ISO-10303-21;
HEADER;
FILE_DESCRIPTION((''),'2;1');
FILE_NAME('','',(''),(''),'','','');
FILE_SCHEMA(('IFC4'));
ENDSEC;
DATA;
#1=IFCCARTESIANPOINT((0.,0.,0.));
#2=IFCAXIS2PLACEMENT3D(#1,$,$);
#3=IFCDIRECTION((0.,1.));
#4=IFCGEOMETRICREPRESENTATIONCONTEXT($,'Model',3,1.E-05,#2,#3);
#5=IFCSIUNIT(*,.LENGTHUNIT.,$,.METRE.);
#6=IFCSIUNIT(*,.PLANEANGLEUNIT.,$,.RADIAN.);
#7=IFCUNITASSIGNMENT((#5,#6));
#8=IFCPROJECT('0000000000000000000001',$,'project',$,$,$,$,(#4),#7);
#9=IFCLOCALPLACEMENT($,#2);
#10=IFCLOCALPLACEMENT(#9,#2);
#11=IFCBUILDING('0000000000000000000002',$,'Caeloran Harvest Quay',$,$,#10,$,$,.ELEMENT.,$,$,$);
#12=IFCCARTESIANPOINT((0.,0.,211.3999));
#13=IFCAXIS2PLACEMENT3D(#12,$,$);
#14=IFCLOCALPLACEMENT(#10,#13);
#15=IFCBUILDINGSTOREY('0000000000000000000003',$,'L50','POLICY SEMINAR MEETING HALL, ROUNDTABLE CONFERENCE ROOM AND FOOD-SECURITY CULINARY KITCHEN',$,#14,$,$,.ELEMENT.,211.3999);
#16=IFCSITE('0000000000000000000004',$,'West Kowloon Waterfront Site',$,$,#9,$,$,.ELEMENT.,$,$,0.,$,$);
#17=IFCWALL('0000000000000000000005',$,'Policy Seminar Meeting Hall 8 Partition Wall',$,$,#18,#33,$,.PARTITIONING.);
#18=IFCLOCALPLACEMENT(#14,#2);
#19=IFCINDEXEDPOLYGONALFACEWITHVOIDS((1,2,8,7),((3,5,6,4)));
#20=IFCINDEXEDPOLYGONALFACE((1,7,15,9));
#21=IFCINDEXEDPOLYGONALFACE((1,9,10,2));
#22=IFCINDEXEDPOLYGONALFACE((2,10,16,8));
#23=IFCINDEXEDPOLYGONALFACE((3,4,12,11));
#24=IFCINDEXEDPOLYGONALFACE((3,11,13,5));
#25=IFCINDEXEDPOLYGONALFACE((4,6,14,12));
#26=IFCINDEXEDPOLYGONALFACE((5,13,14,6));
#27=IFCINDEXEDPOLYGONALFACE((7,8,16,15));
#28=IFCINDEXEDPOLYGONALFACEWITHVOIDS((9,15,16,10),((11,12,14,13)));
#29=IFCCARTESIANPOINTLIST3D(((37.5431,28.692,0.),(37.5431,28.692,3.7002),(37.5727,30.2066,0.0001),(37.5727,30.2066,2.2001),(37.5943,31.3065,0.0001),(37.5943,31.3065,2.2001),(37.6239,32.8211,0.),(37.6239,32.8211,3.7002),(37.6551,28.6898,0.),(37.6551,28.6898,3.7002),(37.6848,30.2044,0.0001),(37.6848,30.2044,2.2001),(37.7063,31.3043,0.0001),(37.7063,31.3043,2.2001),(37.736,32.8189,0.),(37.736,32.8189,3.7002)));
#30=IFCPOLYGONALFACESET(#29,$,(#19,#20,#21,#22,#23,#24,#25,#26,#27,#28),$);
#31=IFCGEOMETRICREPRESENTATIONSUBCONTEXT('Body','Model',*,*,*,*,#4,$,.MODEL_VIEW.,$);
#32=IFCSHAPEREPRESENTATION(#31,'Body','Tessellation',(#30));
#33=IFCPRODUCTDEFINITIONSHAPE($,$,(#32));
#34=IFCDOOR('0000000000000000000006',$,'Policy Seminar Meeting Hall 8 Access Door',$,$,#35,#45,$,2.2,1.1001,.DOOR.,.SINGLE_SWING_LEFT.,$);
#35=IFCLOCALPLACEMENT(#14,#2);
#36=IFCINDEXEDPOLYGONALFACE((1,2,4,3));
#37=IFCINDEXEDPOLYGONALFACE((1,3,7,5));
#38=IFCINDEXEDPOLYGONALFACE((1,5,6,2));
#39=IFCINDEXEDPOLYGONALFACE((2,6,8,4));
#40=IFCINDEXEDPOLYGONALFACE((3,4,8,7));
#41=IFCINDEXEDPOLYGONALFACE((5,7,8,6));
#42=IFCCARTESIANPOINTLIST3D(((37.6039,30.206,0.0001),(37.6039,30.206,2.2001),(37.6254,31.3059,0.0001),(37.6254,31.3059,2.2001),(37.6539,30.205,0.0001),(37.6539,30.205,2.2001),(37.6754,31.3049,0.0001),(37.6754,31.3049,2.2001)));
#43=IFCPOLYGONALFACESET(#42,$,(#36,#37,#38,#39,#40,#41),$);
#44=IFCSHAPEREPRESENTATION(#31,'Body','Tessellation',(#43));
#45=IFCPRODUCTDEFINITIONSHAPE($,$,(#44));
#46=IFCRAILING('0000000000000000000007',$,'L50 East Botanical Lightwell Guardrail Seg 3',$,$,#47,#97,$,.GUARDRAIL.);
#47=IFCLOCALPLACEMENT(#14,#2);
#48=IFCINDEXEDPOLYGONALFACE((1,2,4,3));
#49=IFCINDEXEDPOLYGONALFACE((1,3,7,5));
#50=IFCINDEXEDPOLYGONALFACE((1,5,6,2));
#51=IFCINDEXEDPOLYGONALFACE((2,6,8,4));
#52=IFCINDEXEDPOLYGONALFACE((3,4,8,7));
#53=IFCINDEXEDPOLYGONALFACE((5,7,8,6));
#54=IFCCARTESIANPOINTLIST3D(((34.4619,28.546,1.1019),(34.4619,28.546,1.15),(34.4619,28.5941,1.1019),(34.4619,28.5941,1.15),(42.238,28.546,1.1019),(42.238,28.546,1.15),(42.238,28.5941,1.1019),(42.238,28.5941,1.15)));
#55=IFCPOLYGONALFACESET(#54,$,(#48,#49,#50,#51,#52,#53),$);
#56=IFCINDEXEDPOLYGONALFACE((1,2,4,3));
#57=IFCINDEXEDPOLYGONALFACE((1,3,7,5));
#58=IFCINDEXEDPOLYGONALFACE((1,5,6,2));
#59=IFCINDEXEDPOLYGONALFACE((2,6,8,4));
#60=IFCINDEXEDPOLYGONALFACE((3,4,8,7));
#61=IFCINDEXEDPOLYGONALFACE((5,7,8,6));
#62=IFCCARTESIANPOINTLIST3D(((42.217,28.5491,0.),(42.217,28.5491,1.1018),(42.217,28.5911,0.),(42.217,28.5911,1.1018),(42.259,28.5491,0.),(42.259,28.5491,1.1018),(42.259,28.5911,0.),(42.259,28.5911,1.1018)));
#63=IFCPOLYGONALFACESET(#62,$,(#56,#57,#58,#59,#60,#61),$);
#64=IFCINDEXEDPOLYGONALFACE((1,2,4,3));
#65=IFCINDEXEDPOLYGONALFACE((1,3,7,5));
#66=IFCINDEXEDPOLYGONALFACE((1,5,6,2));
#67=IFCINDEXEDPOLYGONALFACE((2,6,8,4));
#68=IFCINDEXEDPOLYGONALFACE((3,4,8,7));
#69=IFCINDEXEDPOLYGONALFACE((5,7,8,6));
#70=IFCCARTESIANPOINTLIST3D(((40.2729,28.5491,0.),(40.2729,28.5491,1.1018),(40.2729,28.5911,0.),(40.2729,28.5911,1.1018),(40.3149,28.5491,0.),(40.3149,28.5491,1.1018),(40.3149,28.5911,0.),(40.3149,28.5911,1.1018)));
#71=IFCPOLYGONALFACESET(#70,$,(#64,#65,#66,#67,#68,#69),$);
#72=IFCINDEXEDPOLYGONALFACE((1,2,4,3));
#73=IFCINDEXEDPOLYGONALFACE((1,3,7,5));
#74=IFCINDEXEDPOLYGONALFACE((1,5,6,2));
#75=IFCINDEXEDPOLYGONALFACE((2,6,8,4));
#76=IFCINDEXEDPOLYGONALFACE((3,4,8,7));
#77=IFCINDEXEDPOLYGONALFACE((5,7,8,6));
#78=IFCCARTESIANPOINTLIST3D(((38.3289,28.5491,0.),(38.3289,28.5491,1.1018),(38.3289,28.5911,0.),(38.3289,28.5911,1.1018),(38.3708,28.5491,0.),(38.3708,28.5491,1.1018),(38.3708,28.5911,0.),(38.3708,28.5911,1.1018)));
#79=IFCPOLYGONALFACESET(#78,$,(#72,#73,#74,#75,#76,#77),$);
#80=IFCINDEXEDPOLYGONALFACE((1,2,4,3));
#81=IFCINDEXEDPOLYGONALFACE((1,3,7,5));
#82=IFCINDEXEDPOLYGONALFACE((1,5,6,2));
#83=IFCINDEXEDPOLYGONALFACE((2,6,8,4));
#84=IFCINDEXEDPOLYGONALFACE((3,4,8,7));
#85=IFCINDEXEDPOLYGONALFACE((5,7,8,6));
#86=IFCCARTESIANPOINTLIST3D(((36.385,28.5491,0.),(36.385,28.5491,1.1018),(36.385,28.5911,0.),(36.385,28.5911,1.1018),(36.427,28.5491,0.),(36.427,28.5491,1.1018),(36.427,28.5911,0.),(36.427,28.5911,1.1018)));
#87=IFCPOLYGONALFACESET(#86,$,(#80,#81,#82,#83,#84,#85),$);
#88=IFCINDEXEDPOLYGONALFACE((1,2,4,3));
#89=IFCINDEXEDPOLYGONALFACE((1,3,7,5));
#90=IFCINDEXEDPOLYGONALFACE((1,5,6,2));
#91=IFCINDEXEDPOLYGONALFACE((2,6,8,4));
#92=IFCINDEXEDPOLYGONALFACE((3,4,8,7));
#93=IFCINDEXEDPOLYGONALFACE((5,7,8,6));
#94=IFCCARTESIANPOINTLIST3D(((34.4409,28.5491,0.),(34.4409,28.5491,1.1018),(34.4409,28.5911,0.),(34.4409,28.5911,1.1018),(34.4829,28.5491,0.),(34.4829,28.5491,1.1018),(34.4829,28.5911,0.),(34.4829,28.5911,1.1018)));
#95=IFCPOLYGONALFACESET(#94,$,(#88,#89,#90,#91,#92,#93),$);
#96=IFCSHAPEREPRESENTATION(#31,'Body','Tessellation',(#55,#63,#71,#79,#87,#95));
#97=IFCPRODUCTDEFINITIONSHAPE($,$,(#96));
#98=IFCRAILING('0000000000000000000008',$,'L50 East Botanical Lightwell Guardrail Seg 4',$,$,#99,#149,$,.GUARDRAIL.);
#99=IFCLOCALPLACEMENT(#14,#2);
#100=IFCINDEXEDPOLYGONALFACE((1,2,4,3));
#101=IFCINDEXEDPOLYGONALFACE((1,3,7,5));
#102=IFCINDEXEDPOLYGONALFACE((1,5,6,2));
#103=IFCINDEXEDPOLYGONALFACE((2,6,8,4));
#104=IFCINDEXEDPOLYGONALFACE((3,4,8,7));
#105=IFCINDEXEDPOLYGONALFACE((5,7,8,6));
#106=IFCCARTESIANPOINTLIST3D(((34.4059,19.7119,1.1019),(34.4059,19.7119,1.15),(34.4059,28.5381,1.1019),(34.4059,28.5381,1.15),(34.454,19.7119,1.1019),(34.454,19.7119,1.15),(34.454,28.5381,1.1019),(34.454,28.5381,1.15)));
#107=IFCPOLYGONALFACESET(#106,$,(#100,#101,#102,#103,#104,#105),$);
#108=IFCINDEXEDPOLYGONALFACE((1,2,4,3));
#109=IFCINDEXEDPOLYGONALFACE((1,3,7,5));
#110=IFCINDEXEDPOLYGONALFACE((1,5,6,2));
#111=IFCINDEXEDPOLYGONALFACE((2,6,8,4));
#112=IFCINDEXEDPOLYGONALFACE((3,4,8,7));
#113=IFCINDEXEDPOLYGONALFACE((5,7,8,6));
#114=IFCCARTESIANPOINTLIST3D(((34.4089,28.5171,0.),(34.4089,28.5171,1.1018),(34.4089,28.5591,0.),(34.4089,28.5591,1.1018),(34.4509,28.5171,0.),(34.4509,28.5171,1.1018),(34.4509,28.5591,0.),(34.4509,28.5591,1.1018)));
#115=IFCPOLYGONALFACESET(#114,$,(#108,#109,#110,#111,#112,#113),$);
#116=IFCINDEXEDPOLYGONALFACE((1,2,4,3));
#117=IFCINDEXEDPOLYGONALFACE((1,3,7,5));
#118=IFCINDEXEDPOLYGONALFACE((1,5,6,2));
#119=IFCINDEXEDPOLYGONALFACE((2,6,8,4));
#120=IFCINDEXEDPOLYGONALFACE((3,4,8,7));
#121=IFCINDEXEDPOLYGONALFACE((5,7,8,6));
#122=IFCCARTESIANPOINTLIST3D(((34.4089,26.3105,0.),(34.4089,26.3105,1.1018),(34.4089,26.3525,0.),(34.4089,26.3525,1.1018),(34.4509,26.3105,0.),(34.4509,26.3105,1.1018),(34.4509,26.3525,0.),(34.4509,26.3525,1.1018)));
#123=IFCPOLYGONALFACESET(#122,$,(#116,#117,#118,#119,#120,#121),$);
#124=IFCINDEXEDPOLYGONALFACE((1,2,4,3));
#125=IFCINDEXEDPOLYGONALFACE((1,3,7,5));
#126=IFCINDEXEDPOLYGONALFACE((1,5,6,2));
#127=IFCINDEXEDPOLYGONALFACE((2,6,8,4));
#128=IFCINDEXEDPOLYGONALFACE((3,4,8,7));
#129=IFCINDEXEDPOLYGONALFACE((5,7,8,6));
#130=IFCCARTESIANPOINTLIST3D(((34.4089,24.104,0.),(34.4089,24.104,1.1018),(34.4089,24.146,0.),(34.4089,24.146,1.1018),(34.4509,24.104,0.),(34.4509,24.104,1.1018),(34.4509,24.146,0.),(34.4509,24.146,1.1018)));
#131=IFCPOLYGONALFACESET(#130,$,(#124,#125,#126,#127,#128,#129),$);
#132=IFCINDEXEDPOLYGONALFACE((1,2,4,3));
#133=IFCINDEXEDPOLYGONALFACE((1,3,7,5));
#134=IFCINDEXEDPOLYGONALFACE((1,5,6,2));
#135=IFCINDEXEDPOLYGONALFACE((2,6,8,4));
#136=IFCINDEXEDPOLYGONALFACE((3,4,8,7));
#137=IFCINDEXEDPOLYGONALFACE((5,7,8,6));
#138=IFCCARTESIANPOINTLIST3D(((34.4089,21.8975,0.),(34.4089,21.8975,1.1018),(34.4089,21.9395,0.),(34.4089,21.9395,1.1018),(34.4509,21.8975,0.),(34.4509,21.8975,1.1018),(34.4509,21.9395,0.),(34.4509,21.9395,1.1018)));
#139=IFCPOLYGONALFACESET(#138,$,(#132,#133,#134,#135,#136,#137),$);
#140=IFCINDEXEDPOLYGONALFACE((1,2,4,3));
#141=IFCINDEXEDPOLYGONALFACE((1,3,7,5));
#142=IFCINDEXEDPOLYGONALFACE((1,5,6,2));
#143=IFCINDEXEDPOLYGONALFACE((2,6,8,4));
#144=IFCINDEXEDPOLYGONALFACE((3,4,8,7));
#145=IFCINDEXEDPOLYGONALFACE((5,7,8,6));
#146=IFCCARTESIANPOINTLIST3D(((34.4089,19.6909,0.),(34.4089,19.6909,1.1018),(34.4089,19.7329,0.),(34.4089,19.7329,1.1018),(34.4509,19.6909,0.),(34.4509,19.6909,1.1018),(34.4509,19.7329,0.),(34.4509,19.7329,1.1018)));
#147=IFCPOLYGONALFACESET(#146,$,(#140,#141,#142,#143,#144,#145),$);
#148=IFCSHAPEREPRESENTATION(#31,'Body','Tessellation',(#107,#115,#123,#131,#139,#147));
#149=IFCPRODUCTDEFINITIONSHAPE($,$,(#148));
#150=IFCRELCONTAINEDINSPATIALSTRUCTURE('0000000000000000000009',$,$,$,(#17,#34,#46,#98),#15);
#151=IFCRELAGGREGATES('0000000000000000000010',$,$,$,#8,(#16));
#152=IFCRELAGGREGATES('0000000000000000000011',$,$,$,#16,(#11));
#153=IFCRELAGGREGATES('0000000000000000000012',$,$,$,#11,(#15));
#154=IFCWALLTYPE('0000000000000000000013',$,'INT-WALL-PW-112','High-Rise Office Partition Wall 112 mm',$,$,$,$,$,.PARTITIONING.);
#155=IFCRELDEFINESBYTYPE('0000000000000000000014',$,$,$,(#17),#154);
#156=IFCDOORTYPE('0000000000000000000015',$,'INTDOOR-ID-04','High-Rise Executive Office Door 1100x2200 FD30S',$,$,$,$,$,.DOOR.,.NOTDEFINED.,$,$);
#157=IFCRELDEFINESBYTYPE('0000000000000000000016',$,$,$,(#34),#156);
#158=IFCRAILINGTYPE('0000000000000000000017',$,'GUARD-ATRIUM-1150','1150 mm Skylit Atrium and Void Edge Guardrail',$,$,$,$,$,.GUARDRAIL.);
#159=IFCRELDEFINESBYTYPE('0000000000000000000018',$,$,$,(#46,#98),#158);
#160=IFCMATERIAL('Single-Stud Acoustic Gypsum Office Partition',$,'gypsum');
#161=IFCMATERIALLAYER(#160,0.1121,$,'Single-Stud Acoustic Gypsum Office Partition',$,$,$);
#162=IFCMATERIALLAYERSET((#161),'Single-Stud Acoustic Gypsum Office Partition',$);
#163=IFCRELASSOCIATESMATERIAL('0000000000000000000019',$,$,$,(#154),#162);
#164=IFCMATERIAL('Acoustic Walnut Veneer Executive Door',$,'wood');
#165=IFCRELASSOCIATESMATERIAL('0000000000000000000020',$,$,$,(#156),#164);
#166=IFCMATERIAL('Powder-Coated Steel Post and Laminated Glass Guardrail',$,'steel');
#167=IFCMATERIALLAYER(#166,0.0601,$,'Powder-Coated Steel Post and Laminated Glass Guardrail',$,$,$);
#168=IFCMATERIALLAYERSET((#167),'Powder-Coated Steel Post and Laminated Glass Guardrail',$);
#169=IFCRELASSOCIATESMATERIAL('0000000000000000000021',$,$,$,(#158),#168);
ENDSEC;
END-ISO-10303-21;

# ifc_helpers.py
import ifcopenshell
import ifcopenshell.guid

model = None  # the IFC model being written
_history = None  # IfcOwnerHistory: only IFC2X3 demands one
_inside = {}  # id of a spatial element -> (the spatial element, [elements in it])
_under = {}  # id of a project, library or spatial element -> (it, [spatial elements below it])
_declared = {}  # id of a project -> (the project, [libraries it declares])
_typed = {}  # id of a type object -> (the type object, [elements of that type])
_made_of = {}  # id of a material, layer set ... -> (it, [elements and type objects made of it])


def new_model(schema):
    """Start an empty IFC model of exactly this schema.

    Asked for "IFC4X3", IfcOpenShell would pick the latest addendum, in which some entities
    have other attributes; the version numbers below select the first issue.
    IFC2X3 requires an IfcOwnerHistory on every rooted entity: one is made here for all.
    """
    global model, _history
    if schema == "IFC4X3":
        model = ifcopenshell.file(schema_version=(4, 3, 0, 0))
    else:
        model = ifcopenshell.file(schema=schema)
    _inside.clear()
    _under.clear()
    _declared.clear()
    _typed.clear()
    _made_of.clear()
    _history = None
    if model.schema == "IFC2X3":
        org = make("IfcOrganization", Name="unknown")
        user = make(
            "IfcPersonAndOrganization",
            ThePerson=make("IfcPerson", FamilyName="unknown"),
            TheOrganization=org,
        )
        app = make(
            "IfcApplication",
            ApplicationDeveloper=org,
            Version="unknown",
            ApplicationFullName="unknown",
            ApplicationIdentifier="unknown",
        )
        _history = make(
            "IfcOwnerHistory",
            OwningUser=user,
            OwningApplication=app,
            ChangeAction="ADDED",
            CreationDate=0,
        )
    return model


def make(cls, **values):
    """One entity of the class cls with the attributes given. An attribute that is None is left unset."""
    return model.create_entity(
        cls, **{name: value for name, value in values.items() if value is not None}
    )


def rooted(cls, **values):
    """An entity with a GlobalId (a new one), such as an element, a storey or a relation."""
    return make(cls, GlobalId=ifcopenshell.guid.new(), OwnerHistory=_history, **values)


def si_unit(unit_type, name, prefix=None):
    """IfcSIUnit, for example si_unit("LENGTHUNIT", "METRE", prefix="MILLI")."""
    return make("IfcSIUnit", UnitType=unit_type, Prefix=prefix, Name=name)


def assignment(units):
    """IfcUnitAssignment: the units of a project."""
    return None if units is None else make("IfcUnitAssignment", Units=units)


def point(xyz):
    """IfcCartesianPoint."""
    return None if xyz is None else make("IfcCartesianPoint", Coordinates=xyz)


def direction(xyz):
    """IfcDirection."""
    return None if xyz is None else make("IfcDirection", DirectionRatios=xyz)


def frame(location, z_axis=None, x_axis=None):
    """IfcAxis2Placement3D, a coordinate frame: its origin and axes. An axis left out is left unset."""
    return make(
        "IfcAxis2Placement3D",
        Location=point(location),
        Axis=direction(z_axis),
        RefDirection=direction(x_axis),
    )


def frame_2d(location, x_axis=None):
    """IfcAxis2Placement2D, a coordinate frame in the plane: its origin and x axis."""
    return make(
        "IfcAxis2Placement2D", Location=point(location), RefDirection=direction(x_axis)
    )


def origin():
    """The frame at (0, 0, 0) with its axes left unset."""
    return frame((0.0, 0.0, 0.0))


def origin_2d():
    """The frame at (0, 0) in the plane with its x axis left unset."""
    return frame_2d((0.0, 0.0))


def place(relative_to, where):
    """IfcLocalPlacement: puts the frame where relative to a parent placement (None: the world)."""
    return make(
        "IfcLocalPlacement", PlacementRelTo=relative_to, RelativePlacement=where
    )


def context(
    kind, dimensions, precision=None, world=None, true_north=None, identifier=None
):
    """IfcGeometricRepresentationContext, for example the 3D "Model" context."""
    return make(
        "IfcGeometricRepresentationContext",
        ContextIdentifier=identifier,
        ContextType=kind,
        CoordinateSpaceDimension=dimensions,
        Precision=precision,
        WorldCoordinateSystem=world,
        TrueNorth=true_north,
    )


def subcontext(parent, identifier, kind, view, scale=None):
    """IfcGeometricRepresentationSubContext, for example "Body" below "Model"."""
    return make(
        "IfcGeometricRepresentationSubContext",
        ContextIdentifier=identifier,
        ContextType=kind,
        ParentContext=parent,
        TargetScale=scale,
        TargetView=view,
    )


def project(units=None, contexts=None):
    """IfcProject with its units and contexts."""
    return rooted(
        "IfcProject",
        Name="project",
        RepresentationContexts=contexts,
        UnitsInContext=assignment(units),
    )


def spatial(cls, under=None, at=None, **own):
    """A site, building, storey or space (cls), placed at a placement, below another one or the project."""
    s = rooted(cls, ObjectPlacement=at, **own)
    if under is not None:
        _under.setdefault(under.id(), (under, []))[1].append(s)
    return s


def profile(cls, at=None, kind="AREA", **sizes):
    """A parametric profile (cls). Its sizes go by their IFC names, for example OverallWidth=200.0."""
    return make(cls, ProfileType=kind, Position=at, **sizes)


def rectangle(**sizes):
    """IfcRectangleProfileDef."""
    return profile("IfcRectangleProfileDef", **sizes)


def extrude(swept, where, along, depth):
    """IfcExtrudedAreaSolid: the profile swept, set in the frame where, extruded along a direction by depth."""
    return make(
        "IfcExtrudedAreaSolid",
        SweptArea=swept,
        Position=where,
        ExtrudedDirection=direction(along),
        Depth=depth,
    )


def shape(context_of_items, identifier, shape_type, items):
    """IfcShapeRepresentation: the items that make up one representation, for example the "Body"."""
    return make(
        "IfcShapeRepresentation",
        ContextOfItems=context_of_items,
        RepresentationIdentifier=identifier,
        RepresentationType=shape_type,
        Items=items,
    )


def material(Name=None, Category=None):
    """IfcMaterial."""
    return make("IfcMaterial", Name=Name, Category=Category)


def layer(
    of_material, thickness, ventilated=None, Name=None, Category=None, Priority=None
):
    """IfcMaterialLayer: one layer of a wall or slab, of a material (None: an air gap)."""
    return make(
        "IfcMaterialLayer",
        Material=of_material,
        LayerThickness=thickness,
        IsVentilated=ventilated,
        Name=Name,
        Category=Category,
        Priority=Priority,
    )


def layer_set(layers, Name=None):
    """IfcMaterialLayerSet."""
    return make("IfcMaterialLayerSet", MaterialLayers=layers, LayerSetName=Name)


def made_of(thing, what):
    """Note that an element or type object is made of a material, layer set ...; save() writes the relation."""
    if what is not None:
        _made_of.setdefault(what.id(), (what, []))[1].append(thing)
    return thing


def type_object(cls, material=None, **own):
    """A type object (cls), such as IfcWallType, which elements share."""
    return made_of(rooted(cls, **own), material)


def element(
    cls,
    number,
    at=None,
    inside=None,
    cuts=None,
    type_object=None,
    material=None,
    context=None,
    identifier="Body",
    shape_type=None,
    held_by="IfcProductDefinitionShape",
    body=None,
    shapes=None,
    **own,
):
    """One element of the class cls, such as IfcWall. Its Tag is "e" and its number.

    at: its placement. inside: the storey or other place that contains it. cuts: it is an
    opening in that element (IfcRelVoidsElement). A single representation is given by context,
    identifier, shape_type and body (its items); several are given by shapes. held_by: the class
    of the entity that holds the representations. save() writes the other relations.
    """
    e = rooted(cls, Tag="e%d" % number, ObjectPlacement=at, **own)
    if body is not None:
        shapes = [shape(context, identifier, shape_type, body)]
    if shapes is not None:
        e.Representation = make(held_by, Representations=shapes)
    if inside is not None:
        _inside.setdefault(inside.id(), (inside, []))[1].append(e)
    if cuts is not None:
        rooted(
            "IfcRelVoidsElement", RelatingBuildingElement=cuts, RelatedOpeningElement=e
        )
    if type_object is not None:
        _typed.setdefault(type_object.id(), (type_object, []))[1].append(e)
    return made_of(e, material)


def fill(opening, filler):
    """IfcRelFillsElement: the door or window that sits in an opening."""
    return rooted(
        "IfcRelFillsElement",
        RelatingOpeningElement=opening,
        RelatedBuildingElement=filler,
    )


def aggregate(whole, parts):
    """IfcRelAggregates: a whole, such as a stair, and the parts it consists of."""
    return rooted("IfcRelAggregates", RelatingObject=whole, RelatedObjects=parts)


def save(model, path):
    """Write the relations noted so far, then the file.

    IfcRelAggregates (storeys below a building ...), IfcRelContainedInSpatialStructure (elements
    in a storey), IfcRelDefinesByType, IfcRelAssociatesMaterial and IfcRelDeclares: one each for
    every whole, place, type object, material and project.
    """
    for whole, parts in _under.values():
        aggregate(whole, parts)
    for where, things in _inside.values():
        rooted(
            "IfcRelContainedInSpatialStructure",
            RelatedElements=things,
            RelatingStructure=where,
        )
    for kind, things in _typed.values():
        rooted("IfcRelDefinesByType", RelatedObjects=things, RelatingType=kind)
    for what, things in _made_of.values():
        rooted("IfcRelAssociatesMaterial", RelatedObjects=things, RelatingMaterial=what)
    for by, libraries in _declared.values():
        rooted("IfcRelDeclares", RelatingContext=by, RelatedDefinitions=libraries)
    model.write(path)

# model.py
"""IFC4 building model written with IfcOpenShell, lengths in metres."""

from ifc_helpers import new_model, si_unit, direction, frame, frame_2d, origin, origin_2d, place, context, subcontext, project, spatial, rectangle, extrude, material, layer, layer_set, type_object, element, fill, save


model = new_model("IFC4")

# Units and contexts
model_context = context("Model", 3, precision=1e-05, world=origin(), true_north=direction((0.0, 1.0)))
body_context = subcontext(model_context, "Body", "Model", "MODEL_VIEW")
ifc_project = project(units=[si_unit("LENGTHUNIT", "METRE"), si_unit("PLANEANGLEUNIT", "RADIAN")], contexts=[model_context])

# Site, building, storey
site_placement = place(None, origin())
site = spatial("IfcSite", under=ifc_project, at=site_placement, Name="West Kowloon Waterfront Site", CompositionType="ELEMENT", RefElevation=0.0)
building_placement = place(site_placement, origin())
building = spatial("IfcBuilding", under=site, at=building_placement, Name="Caeloran Harvest Quay", CompositionType="ELEMENT")
storey_placement = place(building_placement, frame((0.0, 0.0, 211.3999)))
storey = spatial("IfcBuildingStorey", under=building, at=storey_placement, Name="L50", Description="POLICY SEMINAR MEETING HALL, ROUNDTABLE CONFERENCE ROOM AND FOOD-SECURITY CULINARY KITCHEN", CompositionType="ELEMENT", Elevation=211.3999)

# Shared definitions
ifc_material_1 = material(Name="Single-Stud Acoustic Gypsum Office Partition", Category="gypsum")
ifc_layer_1 = layer(ifc_material_1, 0.1121, Name="Single-Stud Acoustic Gypsum Office Partition")
ifc_layer_set_1 = layer_set([ifc_layer_1], Name="Single-Stud Acoustic Gypsum Office Partition")
wall_type_1 = type_object("IfcWallType", Name="INT-WALL-PW-112", Description="High-Rise Office Partition Wall 112 mm", PredefinedType="PARTITIONING", material=ifc_layer_set_1)

# Shared definitions
ifc_material_2 = material(Name="Acoustic Walnut Veneer Executive Door", Category="wood")
door_type = type_object("IfcDoorType", Name="INTDOOR-ID-04", Description="High-Rise Executive Office Door 1100x2200 FD30S", OperationType="NOTDEFINED", PredefinedType="DOOR", material=ifc_material_2)

# Wall, opening, door
wall_1_placement = place(storey_placement, frame((37.5991, 28.6909, 0.0), z_axis=(0.0, 0.0, 1.0), x_axis=(0.019567, 0.999809, 0.0)))
wall_1 = element("IfcWall", 1, at=wall_1_placement, inside=storey, type_object=wall_type_1, Name="Policy Seminar Meeting Hall 8 Partition Wall", PredefinedType="PARTITIONING", context=body_context, shape_type="SweptSolid", body=[
    extrude(rectangle(XDim=4.1299, YDim=0.1121, at=frame_2d((2.0649, 0.0))), origin(), (0.0, 0.0, 1.0), 3.7002),
])
opening_1_placement = place(wall_1_placement, frame((1.5149, 0.0, 0.0)))
opening_1 = element("IfcOpeningElement", 2, at=opening_1_placement, cuts=wall_1, PredefinedType="OPENING", context=body_context, shape_type="SweptSolid", body=[
    extrude(rectangle(XDim=1.1001, YDim=2.2, at=frame_2d((0.55, 1.1001))), frame((0.0, 0.0659, 0.0), z_axis=(0.0, -1.0, 0.0), x_axis=(1.0, 0.0, 0.0)), (0.0, 0.0, 1.0), 0.1321),
])
door_1_placement = place(opening_1_placement, origin())
door_1 = element("IfcDoor", 3, at=door_1_placement, inside=storey, type_object=door_type, Name="Policy Seminar Meeting Hall 8 Access Door", OperationType="SINGLE_SWING_LEFT", OverallHeight=2.2, OverallWidth=1.1001, PredefinedType="DOOR", context=body_context, shape_type="SweptSolid", body=[
    extrude(rectangle(XDim=1.1001, YDim=2.2, at=frame_2d((0.55, 1.1001))), frame((0.0, 0.0249, 0.0), z_axis=(0.0, -1.0, 0.0), x_axis=(1.0, 0.0, 0.0)), (0.0, 0.0, 1.0), 0.05),
])
fill(opening_1, door_1)

# Railings
ifc_material_3 = material(Name="Powder-Coated Steel Post and Laminated Glass Guardrail", Category="steel")
ifc_layer_2 = layer(ifc_material_3, 0.0601, Name="Powder-Coated Steel Post and Laminated Glass Guardrail")
ifc_layer_set_2 = layer_set([ifc_layer_2], Name="Powder-Coated Steel Post and Laminated Glass Guardrail")
railing_type = type_object("IfcRailingType", Name="GUARD-ATRIUM-1150", Description="1150 mm Skylit Atrium and Void Edge Guardrail", PredefinedType="GUARDRAIL", material=ifc_layer_set_2)
railing_1_placement = place(storey_placement, frame((42.238, 28.5701, 0.0)))
element("IfcRailing", 4, at=railing_1_placement, inside=storey, type_object=railing_type, Name="L50 East Botanical Lightwell Guardrail Seg 3", PredefinedType="GUARDRAIL", context=body_context, shape_type="SweptSolid", body=[
    extrude(rectangle(XDim=0.0481, YDim=0.0481, at=origin_2d()), frame((0.0, 0.0, 1.126), z_axis=(-1.0, 0.0, 0.0), x_axis=(0.0, -1.0, 0.0)), (0.0, 0.0, 1.0), 7.7761),
    extrude(rectangle(XDim=0.042, YDim=0.042, at=origin_2d()), origin(), (0.0, 0.0, 1.0), 1.1018),
    extrude(rectangle(XDim=0.042, YDim=0.042, at=origin_2d()), frame((-1.9441, 0.0, 0.0)), (0.0, 0.0, 1.0), 1.1018),
    extrude(rectangle(XDim=0.042, YDim=0.042, at=origin_2d()), frame((-3.8882, 0.0, 0.0)), (0.0, 0.0, 1.0), 1.1018),
    extrude(rectangle(XDim=0.042, YDim=0.042, at=origin_2d()), frame((-5.832, 0.0, 0.0)), (0.0, 0.0, 1.0), 1.1018),
    extrude(rectangle(XDim=0.042, YDim=0.042, at=origin_2d()), frame((-7.7761, 0.0, 0.0)), (0.0, 0.0, 1.0), 1.1018),
])
railing_2_placement = place(storey_placement, frame((34.4299, 28.5381, 0.0)))
element("IfcRailing", 5, at=railing_2_placement, inside=storey, type_object=railing_type, Name="L50 East Botanical Lightwell Guardrail Seg 4", PredefinedType="GUARDRAIL", context=body_context, shape_type="SweptSolid", body=[
    extrude(rectangle(XDim=0.0481, YDim=0.0481, at=origin_2d()), frame((0.0, 0.0, 1.126), z_axis=(0.0, -1.0, 0.0), x_axis=(1.0, 0.0, 0.0)), (0.0, 0.0, 1.0), 8.8262),
    extrude(rectangle(XDim=0.042, YDim=0.042, at=origin_2d()), origin(), (0.0, 0.0, 1.0), 1.1018),
    extrude(rectangle(XDim=0.042, YDim=0.042, at=origin_2d()), frame((0.0, -2.2065, 0.0)), (0.0, 0.0, 1.0), 1.1018),
    extrude(rectangle(XDim=0.042, YDim=0.042, at=origin_2d()), frame((0.0, -4.4131, 0.0)), (0.0, 0.0, 1.0), 1.1018),
    extrude(rectangle(XDim=0.042, YDim=0.042, at=origin_2d()), frame((0.0, -6.6196, 0.0)), (0.0, 0.0, 1.0), 1.1018),
    extrude(rectangle(XDim=0.042, YDim=0.042, at=origin_2d()), frame((0.0, -8.8262, 0.0)), (0.0, 0.0, 1.0), 1.1018),
])

save(model, "model.ifc")
